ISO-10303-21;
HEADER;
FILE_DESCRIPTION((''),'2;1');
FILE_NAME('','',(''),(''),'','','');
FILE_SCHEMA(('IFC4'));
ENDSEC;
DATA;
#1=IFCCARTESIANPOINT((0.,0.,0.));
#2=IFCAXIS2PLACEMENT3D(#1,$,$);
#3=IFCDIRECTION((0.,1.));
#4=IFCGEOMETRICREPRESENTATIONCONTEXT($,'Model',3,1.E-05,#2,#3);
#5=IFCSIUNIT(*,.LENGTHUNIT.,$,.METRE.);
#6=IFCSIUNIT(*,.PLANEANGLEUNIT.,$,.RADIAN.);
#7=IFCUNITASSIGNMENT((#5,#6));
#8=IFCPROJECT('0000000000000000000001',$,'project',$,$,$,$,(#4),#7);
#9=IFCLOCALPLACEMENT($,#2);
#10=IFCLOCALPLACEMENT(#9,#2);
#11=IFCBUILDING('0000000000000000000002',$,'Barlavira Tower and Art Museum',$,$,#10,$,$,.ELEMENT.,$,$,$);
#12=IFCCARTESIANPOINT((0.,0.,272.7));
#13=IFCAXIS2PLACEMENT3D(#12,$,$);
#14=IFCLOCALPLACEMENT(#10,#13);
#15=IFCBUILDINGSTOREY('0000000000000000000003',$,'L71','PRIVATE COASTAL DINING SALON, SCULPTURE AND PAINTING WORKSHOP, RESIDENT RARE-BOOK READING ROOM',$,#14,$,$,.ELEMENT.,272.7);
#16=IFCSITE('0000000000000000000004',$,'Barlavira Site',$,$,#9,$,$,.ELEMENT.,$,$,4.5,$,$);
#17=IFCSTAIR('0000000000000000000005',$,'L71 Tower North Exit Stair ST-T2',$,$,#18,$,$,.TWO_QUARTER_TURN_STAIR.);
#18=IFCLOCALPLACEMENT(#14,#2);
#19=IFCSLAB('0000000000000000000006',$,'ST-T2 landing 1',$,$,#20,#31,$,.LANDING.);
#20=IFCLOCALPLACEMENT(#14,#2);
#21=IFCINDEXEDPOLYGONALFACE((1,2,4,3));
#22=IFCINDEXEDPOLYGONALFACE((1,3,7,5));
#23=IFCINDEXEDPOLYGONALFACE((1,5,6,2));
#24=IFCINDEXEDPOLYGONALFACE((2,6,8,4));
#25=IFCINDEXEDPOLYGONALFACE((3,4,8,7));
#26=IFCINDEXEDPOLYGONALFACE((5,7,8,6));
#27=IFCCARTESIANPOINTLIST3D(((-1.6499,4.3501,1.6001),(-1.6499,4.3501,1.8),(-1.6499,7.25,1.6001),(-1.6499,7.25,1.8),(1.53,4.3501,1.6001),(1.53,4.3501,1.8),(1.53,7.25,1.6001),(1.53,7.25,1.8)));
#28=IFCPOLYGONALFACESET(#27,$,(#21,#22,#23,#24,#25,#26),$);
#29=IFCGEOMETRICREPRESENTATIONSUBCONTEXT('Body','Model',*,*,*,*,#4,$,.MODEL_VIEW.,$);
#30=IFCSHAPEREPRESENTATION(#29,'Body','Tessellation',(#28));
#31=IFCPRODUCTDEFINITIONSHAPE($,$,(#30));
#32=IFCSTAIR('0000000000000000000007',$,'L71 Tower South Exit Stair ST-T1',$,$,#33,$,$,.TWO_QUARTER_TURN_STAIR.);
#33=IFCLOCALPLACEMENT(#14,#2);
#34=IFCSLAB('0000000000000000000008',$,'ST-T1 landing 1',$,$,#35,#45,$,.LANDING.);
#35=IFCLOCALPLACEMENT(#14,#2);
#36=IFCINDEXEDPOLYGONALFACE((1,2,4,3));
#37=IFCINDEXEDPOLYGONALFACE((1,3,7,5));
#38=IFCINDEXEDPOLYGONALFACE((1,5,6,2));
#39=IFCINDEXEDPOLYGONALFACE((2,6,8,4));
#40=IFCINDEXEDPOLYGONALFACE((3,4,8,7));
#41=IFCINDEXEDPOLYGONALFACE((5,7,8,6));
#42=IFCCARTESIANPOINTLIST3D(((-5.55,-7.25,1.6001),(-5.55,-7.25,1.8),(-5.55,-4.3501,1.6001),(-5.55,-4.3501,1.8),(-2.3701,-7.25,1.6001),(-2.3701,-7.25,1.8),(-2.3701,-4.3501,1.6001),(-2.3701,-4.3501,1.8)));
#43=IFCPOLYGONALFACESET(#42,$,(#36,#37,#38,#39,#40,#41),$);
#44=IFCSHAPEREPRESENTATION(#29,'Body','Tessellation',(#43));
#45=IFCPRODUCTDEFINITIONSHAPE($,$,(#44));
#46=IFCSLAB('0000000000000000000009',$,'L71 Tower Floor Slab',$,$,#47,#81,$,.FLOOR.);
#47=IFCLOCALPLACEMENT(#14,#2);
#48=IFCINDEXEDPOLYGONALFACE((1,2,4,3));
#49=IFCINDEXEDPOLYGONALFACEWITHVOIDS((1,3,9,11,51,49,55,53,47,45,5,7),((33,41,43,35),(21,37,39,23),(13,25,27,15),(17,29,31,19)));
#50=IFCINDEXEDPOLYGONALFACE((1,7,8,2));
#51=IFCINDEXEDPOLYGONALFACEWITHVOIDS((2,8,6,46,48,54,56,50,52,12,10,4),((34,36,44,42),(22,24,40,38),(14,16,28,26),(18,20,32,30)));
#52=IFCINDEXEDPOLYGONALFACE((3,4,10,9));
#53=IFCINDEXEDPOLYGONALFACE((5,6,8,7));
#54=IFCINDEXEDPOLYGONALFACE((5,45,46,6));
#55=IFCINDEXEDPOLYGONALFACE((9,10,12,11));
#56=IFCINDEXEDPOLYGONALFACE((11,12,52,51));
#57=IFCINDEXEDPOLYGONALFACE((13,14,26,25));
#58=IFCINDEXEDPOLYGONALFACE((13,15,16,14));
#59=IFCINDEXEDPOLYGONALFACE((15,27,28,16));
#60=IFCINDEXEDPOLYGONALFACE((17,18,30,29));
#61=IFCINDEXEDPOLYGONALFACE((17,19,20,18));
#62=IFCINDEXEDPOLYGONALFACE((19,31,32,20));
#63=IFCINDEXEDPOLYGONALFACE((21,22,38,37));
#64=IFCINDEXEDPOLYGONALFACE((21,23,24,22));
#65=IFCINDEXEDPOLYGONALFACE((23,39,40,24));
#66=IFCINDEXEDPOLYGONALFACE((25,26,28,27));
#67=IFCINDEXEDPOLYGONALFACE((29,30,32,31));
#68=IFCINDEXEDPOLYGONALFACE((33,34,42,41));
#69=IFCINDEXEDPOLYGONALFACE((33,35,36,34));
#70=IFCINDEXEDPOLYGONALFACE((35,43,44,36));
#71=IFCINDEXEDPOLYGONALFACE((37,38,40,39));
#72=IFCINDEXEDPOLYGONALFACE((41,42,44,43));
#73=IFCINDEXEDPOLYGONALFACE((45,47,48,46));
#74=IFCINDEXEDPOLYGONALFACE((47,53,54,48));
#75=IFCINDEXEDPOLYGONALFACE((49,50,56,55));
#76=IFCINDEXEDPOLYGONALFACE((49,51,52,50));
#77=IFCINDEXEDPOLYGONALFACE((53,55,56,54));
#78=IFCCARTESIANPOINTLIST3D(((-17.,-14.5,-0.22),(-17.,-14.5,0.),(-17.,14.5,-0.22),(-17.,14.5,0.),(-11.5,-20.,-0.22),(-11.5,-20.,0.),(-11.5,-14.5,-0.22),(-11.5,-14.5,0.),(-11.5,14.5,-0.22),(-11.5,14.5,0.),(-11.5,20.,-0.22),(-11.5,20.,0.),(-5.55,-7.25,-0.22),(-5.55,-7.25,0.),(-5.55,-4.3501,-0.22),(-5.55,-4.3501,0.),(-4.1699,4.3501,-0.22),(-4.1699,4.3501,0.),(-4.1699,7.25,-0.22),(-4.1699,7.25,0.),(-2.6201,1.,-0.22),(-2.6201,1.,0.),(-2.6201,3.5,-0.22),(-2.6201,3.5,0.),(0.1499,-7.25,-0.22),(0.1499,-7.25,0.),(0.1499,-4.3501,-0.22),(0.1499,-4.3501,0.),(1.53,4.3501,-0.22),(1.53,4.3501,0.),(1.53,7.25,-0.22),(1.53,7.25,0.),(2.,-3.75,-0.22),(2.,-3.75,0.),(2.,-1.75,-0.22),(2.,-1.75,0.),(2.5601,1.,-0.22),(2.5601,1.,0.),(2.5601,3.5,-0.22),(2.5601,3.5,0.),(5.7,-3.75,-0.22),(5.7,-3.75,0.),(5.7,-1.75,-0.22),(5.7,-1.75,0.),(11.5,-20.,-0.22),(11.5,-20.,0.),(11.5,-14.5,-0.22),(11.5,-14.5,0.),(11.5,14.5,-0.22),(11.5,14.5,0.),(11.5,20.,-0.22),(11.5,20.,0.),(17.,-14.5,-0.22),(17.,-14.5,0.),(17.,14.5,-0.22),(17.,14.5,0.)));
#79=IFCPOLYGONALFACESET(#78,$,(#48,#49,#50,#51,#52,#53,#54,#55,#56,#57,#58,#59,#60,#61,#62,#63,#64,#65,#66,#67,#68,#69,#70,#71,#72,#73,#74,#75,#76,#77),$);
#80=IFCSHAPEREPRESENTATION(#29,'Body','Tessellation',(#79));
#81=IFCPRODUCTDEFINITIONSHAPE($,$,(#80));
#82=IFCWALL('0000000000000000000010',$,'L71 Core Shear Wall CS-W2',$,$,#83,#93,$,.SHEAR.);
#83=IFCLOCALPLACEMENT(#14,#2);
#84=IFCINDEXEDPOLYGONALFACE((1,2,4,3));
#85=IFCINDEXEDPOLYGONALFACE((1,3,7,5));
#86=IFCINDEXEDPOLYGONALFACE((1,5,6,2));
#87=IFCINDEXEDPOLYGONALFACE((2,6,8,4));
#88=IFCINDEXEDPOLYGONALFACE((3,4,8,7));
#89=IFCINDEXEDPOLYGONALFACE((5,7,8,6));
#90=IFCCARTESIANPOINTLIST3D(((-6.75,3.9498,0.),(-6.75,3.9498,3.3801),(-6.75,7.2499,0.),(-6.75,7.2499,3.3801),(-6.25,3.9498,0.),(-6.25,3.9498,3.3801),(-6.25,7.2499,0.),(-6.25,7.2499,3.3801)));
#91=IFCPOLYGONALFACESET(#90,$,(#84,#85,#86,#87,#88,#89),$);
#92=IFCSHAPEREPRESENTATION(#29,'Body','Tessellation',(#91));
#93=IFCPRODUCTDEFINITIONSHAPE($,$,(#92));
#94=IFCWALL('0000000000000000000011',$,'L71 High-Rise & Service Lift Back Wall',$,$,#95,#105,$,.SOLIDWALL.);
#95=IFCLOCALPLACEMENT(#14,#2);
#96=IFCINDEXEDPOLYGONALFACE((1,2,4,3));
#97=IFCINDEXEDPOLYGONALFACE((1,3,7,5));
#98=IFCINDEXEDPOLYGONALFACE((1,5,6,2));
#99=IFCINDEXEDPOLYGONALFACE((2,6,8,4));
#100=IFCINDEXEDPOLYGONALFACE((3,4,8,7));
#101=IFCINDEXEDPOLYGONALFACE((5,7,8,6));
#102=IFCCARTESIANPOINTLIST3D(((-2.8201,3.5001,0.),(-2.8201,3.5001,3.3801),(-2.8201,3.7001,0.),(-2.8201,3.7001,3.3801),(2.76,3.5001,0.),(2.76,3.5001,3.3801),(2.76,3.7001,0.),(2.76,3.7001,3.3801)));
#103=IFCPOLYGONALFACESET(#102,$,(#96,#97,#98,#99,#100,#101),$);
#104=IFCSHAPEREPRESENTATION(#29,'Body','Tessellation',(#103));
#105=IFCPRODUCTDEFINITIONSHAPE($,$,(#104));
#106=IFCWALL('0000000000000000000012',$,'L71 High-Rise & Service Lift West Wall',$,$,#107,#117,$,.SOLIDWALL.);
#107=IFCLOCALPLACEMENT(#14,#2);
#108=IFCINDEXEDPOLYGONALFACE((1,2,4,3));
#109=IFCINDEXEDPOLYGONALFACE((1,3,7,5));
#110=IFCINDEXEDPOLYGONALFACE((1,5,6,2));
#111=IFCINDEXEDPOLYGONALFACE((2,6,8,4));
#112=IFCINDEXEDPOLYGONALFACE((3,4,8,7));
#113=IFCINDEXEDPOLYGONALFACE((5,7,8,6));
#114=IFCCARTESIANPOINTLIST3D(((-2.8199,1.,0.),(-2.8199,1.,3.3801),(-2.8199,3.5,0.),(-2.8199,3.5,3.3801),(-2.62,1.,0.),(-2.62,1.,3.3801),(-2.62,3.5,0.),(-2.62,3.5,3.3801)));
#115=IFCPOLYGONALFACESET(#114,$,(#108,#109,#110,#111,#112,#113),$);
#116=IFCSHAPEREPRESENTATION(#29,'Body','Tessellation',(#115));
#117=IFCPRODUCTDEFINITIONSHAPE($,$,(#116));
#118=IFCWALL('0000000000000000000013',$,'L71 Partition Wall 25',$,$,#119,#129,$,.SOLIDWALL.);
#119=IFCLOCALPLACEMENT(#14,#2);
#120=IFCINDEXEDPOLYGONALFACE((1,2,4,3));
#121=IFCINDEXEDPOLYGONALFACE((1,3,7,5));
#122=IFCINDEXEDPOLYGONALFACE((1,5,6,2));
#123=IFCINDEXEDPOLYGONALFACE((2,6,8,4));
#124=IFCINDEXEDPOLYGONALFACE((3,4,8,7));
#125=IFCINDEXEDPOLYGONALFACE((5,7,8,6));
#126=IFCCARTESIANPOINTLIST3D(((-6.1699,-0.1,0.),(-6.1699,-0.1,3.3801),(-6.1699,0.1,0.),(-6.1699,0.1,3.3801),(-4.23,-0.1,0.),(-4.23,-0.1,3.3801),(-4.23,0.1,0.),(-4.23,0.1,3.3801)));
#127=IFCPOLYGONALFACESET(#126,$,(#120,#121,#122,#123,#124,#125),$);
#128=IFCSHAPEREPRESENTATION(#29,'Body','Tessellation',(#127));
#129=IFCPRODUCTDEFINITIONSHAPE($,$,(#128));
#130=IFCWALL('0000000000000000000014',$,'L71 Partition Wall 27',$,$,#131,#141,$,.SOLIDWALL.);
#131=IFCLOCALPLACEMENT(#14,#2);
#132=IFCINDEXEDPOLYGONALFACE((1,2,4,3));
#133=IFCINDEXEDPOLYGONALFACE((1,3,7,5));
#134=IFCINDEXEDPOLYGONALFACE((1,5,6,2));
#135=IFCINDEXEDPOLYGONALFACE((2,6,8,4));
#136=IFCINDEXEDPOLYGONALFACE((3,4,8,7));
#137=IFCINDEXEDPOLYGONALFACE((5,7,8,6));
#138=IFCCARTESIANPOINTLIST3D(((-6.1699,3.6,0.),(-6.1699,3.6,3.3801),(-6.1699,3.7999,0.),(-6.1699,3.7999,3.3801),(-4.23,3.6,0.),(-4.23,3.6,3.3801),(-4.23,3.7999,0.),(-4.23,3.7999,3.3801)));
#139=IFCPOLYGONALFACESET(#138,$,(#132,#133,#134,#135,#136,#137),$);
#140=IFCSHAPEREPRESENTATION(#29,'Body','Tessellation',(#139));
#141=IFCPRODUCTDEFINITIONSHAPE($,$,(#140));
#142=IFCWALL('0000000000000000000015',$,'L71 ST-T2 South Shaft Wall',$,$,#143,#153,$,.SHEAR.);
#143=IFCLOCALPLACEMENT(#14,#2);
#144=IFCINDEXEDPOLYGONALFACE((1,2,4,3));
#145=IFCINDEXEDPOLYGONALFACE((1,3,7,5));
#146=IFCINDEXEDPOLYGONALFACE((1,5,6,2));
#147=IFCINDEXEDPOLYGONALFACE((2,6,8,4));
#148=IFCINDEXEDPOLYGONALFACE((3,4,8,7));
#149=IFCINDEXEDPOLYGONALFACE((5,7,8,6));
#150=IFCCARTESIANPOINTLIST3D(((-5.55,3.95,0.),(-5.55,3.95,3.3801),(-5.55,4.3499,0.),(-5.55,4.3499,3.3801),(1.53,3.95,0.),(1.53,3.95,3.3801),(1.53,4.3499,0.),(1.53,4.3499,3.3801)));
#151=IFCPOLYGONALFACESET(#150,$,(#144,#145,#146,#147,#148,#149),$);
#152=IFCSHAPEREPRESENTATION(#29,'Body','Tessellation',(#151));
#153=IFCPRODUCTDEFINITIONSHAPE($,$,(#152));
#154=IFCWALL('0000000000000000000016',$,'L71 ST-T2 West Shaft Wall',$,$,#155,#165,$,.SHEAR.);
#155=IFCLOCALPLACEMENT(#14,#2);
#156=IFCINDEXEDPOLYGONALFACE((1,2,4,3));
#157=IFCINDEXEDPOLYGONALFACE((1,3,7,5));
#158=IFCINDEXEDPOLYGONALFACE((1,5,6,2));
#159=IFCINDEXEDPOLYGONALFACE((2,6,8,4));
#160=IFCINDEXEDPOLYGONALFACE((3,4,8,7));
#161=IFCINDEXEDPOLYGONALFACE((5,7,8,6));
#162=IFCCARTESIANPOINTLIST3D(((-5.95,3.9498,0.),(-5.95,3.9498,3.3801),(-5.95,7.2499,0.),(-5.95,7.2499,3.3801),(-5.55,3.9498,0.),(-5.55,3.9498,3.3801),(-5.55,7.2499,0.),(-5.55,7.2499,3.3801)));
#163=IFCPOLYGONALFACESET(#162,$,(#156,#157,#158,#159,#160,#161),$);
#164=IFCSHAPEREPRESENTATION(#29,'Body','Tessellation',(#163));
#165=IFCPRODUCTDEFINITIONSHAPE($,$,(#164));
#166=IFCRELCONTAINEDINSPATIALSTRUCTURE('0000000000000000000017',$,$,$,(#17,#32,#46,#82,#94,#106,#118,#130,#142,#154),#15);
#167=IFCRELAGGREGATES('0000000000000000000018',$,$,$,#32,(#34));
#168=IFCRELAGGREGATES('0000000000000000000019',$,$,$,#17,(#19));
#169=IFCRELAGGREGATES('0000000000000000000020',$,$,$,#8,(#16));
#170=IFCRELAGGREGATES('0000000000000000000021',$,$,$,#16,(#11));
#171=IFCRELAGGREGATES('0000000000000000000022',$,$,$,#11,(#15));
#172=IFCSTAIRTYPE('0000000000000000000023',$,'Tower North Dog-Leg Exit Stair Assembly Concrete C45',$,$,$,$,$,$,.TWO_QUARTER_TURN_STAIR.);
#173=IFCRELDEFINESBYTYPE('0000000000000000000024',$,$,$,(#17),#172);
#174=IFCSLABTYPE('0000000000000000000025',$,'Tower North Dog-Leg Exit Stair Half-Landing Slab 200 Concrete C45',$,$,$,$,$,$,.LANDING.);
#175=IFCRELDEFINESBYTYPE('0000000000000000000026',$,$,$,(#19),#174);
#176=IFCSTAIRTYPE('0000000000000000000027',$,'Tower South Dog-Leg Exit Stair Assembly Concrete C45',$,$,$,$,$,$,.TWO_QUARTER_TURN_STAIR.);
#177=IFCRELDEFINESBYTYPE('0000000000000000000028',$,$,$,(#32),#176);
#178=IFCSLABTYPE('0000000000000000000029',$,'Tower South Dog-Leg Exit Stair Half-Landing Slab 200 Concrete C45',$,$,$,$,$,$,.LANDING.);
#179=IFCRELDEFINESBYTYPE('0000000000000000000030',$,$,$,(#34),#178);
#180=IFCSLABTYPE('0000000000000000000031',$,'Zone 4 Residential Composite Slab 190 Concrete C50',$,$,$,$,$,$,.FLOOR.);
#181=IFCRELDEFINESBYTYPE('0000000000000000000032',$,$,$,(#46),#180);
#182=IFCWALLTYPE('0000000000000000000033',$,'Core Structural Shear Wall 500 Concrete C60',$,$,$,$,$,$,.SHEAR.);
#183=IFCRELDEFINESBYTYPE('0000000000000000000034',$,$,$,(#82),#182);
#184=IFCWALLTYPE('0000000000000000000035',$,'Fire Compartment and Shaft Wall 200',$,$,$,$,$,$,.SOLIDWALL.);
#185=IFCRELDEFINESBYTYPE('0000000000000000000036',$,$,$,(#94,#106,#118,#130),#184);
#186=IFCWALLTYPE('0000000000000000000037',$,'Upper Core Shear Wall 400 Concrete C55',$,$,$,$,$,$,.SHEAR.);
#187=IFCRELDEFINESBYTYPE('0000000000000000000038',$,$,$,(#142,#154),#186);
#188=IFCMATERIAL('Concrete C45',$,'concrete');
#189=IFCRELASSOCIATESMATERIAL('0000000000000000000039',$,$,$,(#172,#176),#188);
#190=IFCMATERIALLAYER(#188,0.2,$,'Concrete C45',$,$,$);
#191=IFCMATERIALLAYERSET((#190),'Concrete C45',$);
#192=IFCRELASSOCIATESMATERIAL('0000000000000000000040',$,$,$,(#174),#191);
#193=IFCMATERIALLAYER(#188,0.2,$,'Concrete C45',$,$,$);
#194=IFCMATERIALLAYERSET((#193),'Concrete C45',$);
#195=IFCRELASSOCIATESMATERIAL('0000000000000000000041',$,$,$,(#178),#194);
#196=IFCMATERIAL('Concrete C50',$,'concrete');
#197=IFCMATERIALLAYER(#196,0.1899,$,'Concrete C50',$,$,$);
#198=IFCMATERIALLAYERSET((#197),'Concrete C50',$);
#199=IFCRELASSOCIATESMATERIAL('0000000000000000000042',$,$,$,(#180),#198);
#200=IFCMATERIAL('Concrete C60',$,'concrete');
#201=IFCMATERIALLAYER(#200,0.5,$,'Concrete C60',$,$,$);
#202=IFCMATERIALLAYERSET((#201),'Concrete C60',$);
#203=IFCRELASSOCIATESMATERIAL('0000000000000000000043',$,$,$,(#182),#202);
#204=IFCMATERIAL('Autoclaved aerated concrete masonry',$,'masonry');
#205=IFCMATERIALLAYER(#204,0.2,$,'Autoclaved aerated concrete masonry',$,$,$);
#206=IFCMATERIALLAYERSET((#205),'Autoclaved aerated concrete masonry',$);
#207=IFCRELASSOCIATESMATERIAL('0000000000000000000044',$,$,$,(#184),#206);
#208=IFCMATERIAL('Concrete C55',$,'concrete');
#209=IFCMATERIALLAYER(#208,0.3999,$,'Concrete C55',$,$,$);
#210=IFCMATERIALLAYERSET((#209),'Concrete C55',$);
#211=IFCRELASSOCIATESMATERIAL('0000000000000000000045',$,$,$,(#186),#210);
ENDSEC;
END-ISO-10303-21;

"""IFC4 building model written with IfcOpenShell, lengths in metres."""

from ifc_helpers import new_model, si_unit, direction, frame, frame_2d, origin, place, context, subcontext, project, spatial, polyline, rectangle, outline, extrude, material, layer, layer_set, type_object, element, aggregate, save


model = new_model("IFC4")

# Units and contexts
model_context = context("Model", 3, precision=1e-05, world=origin(), true_north=direction((0.0, 1.0)))
body_context = subcontext(model_context, "Body", "Model", "MODEL_VIEW")
ifc_project = project(units=[si_unit("LENGTHUNIT", "METRE"), si_unit("PLANEANGLEUNIT", "RADIAN")], contexts=[model_context])

# Site, building, storey
site_placement = place(None, origin())
site = spatial("IfcSite", under=ifc_project, at=site_placement, Name="Barlavira Site", CompositionType="ELEMENT", RefElevation=4.5)
building_placement = place(site_placement, origin())
building = spatial("IfcBuilding", under=site, at=building_placement, Name="Barlavira Tower and Art Museum", CompositionType="ELEMENT")
storey_placement = place(building_placement, frame((0.0, 0.0, 272.7)))
storey = spatial("IfcBuildingStorey", under=building, at=storey_placement, Name="L71", Description="PRIVATE COASTAL DINING SALON, SCULPTURE AND PAINTING WORKSHOP, RESIDENT RARE-BOOK READING ROOM", CompositionType="ELEMENT", Elevation=272.7)

# Stairs, slabs
ifc_material_1 = material(Name="Concrete C45", Category="concrete")
stair_type_1 = type_object("IfcStairType", Name="Tower North Dog-Leg Exit Stair Assembly Concrete C45", PredefinedType="TWO_QUARTER_TURN_STAIR", material=ifc_material_1)
stair_1_placement = place(storey_placement, origin())
stair_1 = element("IfcStair", 1, at=stair_1_placement, inside=storey, type_object=stair_type_1, Name="L71 Tower North Exit Stair ST-T2", PredefinedType="TWO_QUARTER_TURN_STAIR")
ifc_layer_1 = layer(ifc_material_1, 0.2, Name="Concrete C45")
ifc_layer_set_1 = layer_set([ifc_layer_1], Name="Concrete C45")
slab_type_1 = type_object("IfcSlabType", Name="Tower North Dog-Leg Exit Stair Half-Landing Slab 200 Concrete C45", PredefinedType="LANDING", material=ifc_layer_set_1)
slab_1_placement = place(storey_placement, frame((0.0, 0.0, 1.6001)))
slab_1 = element("IfcSlab", 2, at=slab_1_placement, type_object=slab_type_1, Name="ST-T2 landing 1", PredefinedType="LANDING", context=body_context, shape_type="SweptSolid", body=[
    extrude(outline(polyline([(-1.6499, 4.3501), (1.53, 4.3501), (1.53, 7.25), (-1.6499, 7.25), (-1.6499, 4.3501)])), origin(), (0.0, 0.0, 1.0), 0.2),
])
stair_type_2 = type_object("IfcStairType", Name="Tower South Dog-Leg Exit Stair Assembly Concrete C45", PredefinedType="TWO_QUARTER_TURN_STAIR", material=ifc_material_1)
stair_2_placement = place(storey_placement, origin())
stair_2 = element("IfcStair", 3, at=stair_2_placement, inside=storey, type_object=stair_type_2, Name="L71 Tower South Exit Stair ST-T1", PredefinedType="TWO_QUARTER_TURN_STAIR")
ifc_layer_2 = layer(ifc_material_1, 0.2, Name="Concrete C45")
ifc_layer_set_2 = layer_set([ifc_layer_2], Name="Concrete C45")
slab_type_2 = type_object("IfcSlabType", Name="Tower South Dog-Leg Exit Stair Half-Landing Slab 200 Concrete C45", PredefinedType="LANDING", material=ifc_layer_set_2)
slab_2_placement = place(storey_placement, frame((0.0, 0.0, 1.6001)))
slab_2 = element("IfcSlab", 4, at=slab_2_placement, type_object=slab_type_2, Name="ST-T1 landing 1", PredefinedType="LANDING", context=body_context, shape_type="SweptSolid", body=[
    extrude(outline(polyline([(-2.3701, -4.3501), (-5.55, -4.3501), (-5.55, -7.25), (-2.3701, -7.25), (-2.3701, -4.3501)])), origin(), (0.0, 0.0, 1.0), 0.2),
])
aggregate(stair_2, [slab_2])

# Slab
ifc_material_2 = material(Name="Concrete C50", Category="concrete")
ifc_layer_3 = layer(ifc_material_2, 0.1899, Name="Concrete C50")
ifc_layer_set_3 = layer_set([ifc_layer_3], Name="Concrete C50")
slab_type_3 = type_object("IfcSlabType", Name="Zone 4 Residential Composite Slab 190 Concrete C50", PredefinedType="FLOOR", material=ifc_layer_set_3)
slab_3_placement = place(storey_placement, frame((0.0, 0.0, -0.22)))
element("IfcSlab", 5, at=slab_3_placement, inside=storey, type_object=slab_type_3, Name="L71 Tower Floor Slab", PredefinedType="FLOOR", context=body_context, shape_type="SweptSolid", body=[
    extrude(outline(polyline([(-11.5, -20.0), (11.5, -20.0), (11.5, -14.5), (17.0, -14.5), (17.0, 14.5), (11.5, 14.5), (11.5, 20.0), (-11.5, 20.0), (-11.5, 14.5), (-17.0, 14.5), (-17.0, -14.5), (-11.5, -14.5), (-11.5, -20.0)]), holes=[polyline([(0.1499, -4.3501), (-5.55, -4.3501), (-5.55, -7.25), (0.1499, -7.25), (0.1499, -4.3501)]), polyline([(-4.1699, 4.3501), (1.53, 4.3501), (1.53, 7.25), (-4.1699, 7.25), (-4.1699, 4.3501)]), polyline([(-2.6201, 1.0), (2.5601, 1.0), (2.5601, 3.5), (-2.6201, 3.5), (-2.6201, 1.0)]), polyline([(2.0, -3.75), (5.7, -3.75), (5.7, -1.75), (2.0, -1.75), (2.0, -3.75)])]), origin(), (0.0, 0.0, 1.0), 0.22),
])

# Shared definitions
ifc_material_3 = material(Name="Concrete C60", Category="concrete")
ifc_layer_4 = layer(ifc_material_3, 0.5, Name="Concrete C60")
ifc_layer_set_4 = layer_set([ifc_layer_4], Name="Concrete C60")
wall_type_1 = type_object("IfcWallType", Name="Core Structural Shear Wall 500 Concrete C60", PredefinedType="SHEAR", material=ifc_layer_set_4)

# Wall
wall_1_placement = place(storey_placement, frame((-6.5, 3.95, 0.0), z_axis=(0.0, 0.0, 1.0), x_axis=(0.0, 1.0, 0.0)))
element("IfcWall", 6, at=wall_1_placement, inside=storey, type_object=wall_type_1, Name="L71 Core Shear Wall CS-W2", PredefinedType="SHEAR", context=body_context, shape_type="SweptSolid", body=[
    extrude(rectangle(XDim=3.3, YDim=0.5, at=frame_2d((1.6499, 0.0))), origin(), (0.0, 0.0, 1.0), 3.3801),
])

# Shared definitions
ifc_material_4 = material(Name="Autoclaved aerated concrete masonry", Category="masonry")
ifc_layer_5 = layer(ifc_material_4, 0.2, Name="Autoclaved aerated concrete masonry")
ifc_layer_set_5 = layer_set([ifc_layer_5], Name="Autoclaved aerated concrete masonry")
wall_type_2 = type_object("IfcWallType", Name="Fire Compartment and Shaft Wall 200", PredefinedType="SOLIDWALL", material=ifc_layer_set_5)

# Walls
wall_2_placement = place(storey_placement, frame((-2.8201, 3.6001, 0.0), z_axis=(0.0, 0.0, 1.0), x_axis=(1.0, 0.0, 0.0)))
element("IfcWall", 7, at=wall_2_placement, inside=storey, type_object=wall_type_2, Name="L71 High-Rise & Service Lift Back Wall", PredefinedType="SOLIDWALL", context=body_context, shape_type="SweptSolid", body=[
    extrude(rectangle(XDim=5.5801, YDim=0.2, at=frame_2d((2.79, 0.0))), origin(), (0.0, 0.0, 1.0), 3.3801),
])
wall_3_placement = place(storey_placement, frame((-2.72, 1.0, 0.0), z_axis=(0.0, 0.0, 1.0), x_axis=(0.0, 1.0, 0.0)))
element("IfcWall", 8, at=wall_3_placement, inside=storey, type_object=wall_type_2, Name="L71 High-Rise & Service Lift West Wall", PredefinedType="SOLIDWALL", context=body_context, shape_type="SweptSolid", body=[
    extrude(rectangle(XDim=2.5, YDim=0.2, at=frame_2d((1.25, 0.0))), origin(), (0.0, 0.0, 1.0), 3.3801),
])
for number, where, z_axis, x_axis, name in (
    (9, (-6.1699, 0.0, 0.0), (0.0, 0.0, 1.0), (1.0, 0.0, 0.0), "L71 Partition Wall 25"),
    (10, (-6.1699, 3.7, 0.0), (0.0, 0.0, 1.0), (1.0, 0.0, 0.0), "L71 Partition Wall 27"),
):
    element("IfcWall", number, at=place(storey_placement, frame(where, z_axis=z_axis, x_axis=x_axis)), inside=storey, type_object=wall_type_2, Name=name, PredefinedType="SOLIDWALL", context=body_context, shape_type="SweptSolid", body=[
        extrude(rectangle(XDim=1.9399, YDim=0.2, at=frame_2d((0.97, 0.0))), origin(), (0.0, 0.0, 1.0), 3.3801),
    ])
ifc_material_5 = material(Name="Concrete C55", Category="concrete")
ifc_layer_6 = layer(ifc_material_5, 0.3999, Name="Concrete C55")
ifc_layer_set_6 = layer_set([ifc_layer_6], Name="Concrete C55")
wall_type_3 = type_object("IfcWallType", Name="Upper Core Shear Wall 400 Concrete C55", PredefinedType="SHEAR", material=ifc_layer_set_6)
wall_4_placement = place(storey_placement, frame((-5.55, 4.1499, 0.0), z_axis=(0.0, 0.0, 1.0), x_axis=(1.0, 0.0, 0.0)))
element("IfcWall", 11, at=wall_4_placement, inside=storey, type_object=wall_type_3, Name="L71 ST-T2 South Shaft Wall", PredefinedType="SHEAR", context=body_context, shape_type="SweptSolid", body=[
    extrude(rectangle(XDim=7.0801, YDim=0.3999, at=frame_2d((3.54, 0.0))), origin(), (0.0, 0.0, 1.0), 3.3801),
])
wall_5_placement = place(storey_placement, frame((-5.75, 3.95, 0.0), z_axis=(0.0, 0.0, 1.0), x_axis=(0.0, 1.0, 0.0)))
element("IfcWall", 12, at=wall_5_placement, inside=storey, type_object=wall_type_3, Name="L71 ST-T2 West Shaft Wall", PredefinedType="SHEAR", context=body_context, shape_type="SweptSolid", body=[
    extrude(rectangle(XDim=3.3, YDim=0.3999, at=frame_2d((1.6499, 0.0))), origin(), (0.0, 0.0, 1.0), 3.3801),
])

aggregate(stair_1, [slab_1])

save(model, "model.ifc")
